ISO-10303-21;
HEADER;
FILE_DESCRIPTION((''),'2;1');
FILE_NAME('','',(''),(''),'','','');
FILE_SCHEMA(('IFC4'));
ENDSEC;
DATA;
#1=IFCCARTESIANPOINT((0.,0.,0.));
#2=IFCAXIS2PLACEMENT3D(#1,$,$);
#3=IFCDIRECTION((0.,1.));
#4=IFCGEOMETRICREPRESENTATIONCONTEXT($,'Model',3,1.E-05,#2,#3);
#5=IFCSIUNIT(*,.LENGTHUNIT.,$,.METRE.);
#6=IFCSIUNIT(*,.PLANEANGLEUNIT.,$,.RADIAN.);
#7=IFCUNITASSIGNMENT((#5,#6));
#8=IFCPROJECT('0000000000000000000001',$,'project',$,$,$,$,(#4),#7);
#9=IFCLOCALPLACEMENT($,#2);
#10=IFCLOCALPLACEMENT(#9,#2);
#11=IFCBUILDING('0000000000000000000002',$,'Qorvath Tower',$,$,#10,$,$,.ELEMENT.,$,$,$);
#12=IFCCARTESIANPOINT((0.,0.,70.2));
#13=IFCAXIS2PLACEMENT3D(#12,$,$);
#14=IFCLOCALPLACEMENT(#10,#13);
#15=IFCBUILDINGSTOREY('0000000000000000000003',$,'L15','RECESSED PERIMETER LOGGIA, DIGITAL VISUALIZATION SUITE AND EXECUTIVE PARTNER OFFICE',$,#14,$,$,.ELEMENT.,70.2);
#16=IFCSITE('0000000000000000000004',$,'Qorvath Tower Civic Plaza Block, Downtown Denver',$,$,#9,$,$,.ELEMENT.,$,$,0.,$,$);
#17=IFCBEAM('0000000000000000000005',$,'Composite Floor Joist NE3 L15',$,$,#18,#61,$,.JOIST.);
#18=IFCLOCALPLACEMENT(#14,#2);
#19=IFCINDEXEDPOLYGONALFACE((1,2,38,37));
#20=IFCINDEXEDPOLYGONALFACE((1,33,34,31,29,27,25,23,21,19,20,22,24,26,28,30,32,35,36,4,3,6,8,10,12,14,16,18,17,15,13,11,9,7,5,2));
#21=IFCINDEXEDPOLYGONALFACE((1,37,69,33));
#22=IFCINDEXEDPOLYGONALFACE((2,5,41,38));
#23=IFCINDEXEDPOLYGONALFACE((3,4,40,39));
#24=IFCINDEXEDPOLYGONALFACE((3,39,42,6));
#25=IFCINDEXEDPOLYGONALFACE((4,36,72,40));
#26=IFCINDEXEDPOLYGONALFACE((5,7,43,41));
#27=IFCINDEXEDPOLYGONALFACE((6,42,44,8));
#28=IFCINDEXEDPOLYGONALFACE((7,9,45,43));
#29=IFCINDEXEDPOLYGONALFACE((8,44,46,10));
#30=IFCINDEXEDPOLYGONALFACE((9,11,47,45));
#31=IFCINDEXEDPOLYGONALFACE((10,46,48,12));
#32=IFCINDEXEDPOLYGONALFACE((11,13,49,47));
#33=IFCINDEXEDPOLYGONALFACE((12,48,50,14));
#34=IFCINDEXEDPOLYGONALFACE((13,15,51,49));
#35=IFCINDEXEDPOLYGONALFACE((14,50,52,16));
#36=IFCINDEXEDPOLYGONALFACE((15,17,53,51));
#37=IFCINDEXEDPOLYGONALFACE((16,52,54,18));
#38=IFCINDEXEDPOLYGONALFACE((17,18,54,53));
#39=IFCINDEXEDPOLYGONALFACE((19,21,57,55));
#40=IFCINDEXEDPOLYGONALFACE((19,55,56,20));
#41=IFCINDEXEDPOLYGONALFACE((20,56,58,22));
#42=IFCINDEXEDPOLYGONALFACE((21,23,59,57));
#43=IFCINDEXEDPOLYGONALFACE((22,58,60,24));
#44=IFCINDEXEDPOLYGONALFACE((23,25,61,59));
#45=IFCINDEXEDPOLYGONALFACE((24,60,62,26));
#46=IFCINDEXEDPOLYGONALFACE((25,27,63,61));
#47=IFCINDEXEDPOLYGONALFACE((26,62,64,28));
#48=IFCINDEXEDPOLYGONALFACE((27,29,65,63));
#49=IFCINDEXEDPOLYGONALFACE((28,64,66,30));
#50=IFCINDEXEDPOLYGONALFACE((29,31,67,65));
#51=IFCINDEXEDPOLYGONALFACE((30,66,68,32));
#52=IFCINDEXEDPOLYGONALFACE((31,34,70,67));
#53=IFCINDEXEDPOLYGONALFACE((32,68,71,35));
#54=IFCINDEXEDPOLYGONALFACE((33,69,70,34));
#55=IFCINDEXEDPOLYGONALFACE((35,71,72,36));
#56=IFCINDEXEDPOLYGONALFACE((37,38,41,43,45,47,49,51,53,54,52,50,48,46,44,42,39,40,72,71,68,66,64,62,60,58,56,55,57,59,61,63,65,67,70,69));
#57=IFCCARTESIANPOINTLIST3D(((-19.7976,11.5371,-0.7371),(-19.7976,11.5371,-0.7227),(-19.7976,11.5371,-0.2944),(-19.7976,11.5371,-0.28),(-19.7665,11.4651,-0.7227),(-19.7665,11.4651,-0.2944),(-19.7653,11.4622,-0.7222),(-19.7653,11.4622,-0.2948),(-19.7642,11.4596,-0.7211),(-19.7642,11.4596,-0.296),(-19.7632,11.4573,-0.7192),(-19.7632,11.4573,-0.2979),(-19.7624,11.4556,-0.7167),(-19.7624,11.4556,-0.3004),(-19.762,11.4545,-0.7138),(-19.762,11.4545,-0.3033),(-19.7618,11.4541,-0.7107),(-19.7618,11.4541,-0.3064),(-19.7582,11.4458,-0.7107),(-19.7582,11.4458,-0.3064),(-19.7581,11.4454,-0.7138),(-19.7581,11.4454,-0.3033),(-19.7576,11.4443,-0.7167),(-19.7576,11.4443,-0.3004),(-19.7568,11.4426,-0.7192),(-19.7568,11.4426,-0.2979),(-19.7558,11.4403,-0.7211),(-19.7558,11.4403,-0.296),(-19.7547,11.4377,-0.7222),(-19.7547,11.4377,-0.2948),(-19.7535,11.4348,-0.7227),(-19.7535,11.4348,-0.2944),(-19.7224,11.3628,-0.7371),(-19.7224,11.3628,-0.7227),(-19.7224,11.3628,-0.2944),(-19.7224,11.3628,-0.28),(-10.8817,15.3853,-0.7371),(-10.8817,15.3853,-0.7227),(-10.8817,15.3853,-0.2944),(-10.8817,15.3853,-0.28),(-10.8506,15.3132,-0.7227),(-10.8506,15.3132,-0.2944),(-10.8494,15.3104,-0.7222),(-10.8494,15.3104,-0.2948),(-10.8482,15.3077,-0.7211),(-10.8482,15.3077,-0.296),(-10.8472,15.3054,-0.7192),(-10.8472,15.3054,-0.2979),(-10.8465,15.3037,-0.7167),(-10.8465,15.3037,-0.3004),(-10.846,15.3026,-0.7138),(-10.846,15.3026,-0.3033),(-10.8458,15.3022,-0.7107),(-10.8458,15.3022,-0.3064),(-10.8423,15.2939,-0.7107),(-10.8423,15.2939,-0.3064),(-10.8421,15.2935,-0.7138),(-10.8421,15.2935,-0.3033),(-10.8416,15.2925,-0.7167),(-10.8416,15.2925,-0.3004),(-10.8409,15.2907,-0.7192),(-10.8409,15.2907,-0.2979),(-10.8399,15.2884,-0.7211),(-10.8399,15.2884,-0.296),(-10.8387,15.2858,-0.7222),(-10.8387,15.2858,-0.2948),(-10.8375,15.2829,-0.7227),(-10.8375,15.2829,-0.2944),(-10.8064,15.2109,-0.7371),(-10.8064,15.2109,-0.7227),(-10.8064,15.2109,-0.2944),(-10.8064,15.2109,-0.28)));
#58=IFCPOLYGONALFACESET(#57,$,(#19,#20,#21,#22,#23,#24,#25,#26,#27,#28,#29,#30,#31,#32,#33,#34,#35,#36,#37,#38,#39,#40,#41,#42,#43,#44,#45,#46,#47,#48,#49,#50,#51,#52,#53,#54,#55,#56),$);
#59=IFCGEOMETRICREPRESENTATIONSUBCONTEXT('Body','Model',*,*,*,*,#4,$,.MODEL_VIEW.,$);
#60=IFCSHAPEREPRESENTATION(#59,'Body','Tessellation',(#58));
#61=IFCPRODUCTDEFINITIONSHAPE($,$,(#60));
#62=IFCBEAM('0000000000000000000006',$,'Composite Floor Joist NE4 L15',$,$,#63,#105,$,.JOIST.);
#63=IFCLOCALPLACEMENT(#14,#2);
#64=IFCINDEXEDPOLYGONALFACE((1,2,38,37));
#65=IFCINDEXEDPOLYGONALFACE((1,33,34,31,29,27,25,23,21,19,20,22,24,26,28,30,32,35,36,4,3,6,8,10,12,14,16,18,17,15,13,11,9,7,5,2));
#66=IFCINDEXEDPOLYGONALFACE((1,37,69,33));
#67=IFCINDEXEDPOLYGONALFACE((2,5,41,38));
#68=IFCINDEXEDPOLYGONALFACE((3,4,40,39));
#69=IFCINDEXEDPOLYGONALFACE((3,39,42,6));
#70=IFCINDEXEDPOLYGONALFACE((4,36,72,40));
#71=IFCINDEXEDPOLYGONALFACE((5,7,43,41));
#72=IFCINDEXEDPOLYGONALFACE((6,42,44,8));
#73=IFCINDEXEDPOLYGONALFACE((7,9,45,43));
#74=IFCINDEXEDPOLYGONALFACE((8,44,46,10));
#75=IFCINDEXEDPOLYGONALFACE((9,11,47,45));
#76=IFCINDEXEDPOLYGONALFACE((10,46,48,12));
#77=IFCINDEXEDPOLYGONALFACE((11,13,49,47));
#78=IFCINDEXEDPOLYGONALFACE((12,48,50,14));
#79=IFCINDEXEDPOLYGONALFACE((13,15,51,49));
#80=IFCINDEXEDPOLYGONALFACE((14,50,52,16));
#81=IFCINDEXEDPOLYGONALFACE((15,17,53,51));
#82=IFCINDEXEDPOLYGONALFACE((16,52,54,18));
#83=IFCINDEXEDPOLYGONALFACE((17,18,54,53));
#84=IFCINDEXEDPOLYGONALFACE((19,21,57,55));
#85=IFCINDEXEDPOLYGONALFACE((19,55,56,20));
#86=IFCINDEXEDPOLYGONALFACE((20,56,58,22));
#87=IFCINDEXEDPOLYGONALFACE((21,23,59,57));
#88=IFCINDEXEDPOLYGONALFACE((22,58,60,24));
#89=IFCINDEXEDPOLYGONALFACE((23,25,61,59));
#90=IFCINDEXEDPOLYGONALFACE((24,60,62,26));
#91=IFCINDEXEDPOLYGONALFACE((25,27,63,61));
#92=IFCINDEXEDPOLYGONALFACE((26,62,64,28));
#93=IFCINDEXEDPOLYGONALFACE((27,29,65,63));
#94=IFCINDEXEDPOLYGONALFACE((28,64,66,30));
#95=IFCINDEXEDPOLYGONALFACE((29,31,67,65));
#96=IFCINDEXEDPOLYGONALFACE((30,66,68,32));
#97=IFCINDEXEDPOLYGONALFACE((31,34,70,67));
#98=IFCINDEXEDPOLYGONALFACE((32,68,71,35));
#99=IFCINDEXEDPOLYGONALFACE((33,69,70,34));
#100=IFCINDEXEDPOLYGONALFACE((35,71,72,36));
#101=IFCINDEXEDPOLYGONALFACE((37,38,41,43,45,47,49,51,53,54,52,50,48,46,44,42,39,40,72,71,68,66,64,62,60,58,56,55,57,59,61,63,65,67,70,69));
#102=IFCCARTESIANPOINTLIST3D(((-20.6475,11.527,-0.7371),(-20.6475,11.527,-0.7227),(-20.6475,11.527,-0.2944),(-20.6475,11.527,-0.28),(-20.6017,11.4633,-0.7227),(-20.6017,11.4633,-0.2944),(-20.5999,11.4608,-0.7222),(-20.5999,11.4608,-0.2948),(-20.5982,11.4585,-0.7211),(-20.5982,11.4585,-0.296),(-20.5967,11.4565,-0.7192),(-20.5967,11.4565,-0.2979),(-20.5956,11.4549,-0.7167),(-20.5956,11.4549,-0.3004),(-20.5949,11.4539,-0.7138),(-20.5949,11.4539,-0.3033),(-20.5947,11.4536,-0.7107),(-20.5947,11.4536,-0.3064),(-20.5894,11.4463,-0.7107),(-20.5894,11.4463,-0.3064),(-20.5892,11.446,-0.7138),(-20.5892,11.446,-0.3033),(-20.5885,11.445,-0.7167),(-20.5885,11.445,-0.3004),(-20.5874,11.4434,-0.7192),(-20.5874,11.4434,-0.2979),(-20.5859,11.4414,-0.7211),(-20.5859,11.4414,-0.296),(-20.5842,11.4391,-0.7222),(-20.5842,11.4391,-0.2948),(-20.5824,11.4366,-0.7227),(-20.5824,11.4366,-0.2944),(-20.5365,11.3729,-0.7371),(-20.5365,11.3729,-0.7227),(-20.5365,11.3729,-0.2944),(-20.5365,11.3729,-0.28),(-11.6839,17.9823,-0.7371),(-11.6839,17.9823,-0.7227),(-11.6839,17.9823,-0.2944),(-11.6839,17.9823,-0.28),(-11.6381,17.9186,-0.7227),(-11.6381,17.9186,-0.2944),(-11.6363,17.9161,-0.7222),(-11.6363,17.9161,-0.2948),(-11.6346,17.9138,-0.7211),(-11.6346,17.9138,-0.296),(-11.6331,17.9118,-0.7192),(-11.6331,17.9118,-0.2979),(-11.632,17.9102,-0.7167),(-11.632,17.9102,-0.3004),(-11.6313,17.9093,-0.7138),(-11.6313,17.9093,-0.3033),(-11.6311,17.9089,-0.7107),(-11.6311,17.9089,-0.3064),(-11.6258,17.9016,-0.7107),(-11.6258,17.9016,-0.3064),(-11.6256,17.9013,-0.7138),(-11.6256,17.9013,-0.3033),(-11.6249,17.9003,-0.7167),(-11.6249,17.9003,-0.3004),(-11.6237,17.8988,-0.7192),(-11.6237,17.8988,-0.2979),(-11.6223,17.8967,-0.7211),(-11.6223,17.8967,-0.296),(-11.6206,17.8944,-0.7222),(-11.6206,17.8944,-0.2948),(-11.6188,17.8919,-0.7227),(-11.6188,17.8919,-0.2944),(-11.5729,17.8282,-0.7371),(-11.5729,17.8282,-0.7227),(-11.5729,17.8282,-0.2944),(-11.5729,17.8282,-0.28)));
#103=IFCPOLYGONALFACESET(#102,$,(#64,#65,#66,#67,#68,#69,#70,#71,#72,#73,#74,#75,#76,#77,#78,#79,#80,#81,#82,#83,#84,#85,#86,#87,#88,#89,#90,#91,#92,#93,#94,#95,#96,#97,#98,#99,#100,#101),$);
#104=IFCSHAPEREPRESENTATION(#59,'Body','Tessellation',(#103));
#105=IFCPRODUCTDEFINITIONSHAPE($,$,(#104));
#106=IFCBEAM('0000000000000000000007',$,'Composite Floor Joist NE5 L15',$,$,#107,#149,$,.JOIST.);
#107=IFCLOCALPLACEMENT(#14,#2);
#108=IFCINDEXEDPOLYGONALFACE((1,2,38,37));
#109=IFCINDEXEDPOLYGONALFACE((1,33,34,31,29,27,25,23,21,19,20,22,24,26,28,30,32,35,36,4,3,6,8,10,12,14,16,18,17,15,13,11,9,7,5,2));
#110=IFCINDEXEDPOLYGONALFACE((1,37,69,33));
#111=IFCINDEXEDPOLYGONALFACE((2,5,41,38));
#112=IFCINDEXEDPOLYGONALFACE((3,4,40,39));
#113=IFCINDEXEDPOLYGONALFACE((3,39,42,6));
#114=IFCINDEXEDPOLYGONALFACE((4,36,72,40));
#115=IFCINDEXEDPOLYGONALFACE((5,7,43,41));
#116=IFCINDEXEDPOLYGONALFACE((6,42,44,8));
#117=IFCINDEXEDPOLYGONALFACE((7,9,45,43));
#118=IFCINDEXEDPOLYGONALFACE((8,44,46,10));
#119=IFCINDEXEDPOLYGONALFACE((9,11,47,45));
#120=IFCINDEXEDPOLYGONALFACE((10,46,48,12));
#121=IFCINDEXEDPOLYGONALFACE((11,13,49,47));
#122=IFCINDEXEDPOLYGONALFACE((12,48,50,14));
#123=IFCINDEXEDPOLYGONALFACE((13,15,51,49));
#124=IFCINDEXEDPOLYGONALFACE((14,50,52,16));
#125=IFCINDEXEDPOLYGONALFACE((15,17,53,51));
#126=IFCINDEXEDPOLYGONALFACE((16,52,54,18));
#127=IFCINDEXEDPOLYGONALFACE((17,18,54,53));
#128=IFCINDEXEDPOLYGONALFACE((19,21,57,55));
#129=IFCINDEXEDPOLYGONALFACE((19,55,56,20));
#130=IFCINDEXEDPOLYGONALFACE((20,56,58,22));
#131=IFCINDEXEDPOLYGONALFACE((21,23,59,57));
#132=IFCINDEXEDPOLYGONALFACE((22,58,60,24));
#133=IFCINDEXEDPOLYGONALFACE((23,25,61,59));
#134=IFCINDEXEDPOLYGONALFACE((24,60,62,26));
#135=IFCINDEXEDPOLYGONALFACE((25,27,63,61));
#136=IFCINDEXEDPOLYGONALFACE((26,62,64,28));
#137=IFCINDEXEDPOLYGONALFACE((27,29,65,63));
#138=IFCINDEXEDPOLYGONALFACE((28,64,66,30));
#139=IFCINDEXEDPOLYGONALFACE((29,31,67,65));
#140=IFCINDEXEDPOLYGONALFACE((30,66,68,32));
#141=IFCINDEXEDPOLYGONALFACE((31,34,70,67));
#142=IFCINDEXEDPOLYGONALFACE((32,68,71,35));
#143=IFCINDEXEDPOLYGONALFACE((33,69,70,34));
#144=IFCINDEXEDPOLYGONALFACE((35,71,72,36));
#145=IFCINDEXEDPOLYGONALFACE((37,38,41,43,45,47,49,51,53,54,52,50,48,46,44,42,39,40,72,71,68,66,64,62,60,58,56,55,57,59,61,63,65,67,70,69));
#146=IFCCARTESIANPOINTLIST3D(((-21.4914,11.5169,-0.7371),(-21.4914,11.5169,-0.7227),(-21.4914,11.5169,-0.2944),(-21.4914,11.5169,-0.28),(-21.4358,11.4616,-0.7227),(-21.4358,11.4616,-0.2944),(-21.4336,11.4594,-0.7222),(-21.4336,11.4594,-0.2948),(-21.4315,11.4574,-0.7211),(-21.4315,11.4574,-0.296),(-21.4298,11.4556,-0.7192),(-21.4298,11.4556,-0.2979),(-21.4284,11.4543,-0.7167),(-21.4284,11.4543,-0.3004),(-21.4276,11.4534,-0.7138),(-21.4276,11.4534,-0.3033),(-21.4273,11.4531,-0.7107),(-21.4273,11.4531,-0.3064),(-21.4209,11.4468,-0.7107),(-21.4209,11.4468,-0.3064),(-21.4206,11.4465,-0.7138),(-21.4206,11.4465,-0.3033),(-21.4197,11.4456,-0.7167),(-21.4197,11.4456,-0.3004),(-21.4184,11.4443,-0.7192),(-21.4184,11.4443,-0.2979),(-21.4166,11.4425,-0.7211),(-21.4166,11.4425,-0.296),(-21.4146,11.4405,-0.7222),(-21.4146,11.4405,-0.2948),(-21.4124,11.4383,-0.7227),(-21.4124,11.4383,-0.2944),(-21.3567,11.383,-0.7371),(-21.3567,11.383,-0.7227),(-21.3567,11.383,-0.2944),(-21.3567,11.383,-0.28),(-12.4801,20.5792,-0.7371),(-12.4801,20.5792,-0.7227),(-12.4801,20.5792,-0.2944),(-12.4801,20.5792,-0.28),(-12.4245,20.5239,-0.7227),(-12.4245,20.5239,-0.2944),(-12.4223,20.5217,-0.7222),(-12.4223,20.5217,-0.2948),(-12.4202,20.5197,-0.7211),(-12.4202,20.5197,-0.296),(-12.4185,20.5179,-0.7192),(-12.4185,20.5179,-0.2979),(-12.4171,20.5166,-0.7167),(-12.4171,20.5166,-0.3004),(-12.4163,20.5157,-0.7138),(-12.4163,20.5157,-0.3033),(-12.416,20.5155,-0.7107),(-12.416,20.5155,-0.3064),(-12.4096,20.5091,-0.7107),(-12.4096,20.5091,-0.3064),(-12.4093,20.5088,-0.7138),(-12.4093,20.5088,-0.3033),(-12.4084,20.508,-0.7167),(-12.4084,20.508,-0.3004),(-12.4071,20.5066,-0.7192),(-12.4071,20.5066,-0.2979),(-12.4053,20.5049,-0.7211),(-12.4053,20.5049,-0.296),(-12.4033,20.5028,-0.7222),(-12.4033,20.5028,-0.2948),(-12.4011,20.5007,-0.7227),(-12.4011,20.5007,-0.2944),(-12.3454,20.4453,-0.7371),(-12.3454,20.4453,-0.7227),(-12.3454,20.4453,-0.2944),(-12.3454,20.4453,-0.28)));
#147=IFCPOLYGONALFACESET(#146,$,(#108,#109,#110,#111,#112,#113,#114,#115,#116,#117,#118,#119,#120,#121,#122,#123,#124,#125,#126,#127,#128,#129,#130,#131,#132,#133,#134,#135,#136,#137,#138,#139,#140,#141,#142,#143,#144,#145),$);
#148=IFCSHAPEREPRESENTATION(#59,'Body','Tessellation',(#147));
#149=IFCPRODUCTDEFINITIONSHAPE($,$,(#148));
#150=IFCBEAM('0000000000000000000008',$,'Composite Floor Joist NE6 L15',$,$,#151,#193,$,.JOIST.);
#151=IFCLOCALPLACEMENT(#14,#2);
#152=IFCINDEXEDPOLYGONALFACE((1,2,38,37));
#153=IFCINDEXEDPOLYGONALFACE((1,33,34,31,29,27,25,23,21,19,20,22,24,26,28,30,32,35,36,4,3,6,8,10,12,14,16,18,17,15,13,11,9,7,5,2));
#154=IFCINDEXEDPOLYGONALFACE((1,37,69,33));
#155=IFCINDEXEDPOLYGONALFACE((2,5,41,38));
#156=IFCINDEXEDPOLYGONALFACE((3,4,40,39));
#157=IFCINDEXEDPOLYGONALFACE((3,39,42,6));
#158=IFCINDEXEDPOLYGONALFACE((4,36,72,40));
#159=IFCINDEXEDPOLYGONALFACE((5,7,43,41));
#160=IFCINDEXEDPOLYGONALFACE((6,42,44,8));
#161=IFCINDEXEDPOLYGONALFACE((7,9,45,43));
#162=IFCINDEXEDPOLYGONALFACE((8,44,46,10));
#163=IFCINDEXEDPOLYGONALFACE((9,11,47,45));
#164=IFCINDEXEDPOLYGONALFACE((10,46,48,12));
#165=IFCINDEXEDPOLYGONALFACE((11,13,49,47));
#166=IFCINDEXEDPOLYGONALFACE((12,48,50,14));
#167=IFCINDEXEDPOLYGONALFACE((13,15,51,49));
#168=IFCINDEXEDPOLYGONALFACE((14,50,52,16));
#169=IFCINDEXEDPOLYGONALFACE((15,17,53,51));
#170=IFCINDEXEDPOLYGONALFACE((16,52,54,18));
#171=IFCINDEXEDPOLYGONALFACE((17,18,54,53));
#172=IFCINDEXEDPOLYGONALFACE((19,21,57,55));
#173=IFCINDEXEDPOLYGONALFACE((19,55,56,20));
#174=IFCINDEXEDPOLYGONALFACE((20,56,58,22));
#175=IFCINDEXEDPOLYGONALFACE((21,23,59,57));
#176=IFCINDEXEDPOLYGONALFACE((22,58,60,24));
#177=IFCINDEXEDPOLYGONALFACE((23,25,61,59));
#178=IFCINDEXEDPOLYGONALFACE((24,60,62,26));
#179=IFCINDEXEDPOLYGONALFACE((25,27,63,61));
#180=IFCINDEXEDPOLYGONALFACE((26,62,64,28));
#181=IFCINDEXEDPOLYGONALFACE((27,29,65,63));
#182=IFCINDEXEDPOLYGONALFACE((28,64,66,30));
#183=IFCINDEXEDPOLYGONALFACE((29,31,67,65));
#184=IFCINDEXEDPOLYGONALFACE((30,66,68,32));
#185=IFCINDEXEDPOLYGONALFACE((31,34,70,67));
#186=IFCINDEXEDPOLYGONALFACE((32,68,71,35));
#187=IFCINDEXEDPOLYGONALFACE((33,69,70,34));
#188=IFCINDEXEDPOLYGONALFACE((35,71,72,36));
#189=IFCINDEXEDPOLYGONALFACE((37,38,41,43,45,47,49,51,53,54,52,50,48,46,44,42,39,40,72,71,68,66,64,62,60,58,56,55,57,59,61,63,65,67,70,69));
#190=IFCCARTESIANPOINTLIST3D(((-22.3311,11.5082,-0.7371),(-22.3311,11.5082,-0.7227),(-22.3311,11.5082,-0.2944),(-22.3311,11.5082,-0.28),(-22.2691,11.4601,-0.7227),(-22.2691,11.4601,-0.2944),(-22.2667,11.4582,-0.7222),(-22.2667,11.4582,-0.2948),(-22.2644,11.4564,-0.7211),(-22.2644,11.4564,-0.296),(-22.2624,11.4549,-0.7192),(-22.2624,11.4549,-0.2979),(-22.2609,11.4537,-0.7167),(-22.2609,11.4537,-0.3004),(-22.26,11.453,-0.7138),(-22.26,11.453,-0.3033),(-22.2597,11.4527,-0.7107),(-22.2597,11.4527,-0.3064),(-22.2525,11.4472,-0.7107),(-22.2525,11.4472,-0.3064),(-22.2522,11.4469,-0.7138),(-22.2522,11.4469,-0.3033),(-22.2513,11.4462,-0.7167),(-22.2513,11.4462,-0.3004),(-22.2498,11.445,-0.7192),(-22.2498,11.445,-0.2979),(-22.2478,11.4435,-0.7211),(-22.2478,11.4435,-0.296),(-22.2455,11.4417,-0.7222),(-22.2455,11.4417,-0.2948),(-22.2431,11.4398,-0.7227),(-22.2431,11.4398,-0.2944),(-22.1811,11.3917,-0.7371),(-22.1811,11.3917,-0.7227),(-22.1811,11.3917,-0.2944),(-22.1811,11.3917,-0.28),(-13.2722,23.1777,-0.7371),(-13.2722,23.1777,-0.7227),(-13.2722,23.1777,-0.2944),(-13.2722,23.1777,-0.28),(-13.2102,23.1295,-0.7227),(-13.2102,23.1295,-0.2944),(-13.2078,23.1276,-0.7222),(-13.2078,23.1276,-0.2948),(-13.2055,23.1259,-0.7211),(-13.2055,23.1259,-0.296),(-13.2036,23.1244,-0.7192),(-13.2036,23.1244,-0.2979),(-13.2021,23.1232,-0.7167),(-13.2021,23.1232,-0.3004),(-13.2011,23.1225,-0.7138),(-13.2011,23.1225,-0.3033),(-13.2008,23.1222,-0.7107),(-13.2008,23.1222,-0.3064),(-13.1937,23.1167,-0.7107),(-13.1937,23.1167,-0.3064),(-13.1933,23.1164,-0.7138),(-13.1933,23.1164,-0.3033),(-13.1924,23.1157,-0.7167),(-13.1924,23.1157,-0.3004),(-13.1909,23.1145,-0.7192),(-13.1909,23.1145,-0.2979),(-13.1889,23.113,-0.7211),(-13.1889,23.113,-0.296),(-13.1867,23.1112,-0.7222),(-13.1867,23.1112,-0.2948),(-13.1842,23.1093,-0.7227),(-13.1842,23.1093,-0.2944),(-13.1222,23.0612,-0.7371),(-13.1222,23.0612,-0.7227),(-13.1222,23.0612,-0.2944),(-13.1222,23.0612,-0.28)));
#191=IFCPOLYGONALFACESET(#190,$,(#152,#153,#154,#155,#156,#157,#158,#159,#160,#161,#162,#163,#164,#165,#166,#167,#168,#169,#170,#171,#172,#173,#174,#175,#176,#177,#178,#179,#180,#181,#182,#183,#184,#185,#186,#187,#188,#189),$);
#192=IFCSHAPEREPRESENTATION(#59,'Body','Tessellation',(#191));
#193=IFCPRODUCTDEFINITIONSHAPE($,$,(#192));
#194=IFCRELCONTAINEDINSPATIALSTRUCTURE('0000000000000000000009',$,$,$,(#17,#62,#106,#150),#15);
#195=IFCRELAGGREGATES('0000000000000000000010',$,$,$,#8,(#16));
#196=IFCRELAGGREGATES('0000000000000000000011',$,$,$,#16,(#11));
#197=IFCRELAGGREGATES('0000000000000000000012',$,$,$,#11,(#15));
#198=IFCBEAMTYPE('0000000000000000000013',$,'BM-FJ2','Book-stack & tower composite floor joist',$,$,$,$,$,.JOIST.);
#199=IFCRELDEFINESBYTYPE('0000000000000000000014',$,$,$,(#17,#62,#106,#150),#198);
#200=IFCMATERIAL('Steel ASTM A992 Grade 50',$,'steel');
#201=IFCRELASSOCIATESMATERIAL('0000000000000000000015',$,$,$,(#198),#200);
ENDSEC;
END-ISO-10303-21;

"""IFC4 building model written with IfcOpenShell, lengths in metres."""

from ifc_helpers import new_model, si_unit, direction, frame, origin, origin_2d, place, context, subcontext, project, spatial, i_section, extrude, material, material_profile, profile_set, type_object, element, save


model = new_model("IFC4")

# Units and contexts
model_context = context("Model", 3, precision=1e-05, world=origin(), true_north=direction((0.0, 1.0)))
body_context = subcontext(model_context, "Body", "Model", "MODEL_VIEW")
ifc_project = project(units=[si_unit("LENGTHUNIT", "METRE"), si_unit("PLANEANGLEUNIT", "RADIAN")], contexts=[model_context])

# Site, building, storey
site_placement = place(None, origin())
site = spatial("IfcSite", under=ifc_project, at=site_placement, Name="Qorvath Tower Civic Plaza Block, Downtown Denver", CompositionType="ELEMENT", RefElevation=0.0)
building_placement = place(site_placement, origin())
building = spatial("IfcBuilding", under=site, at=building_placement, Name="Qorvath Tower", CompositionType="ELEMENT")
storey_placement = place(building_placement, frame((0.0, 0.0, 70.2)))
storey = spatial("IfcBuildingStorey", under=building, at=storey_placement, Name="L15", Description="RECESSED PERIMETER LOGGIA, DIGITAL VISUALIZATION SUITE AND EXECUTIVE PARTNER OFFICE", CompositionType="ELEMENT", Elevation=70.2)

# Beams
ifc_material_1 = material(Name="Steel ASTM A992 Grade 50", Category="steel")
ifc_material_profile_1 = material_profile(ifc_material_1, i_section(OverallWidth=0.1899, OverallDepth=0.457, WebThickness=0.009, FlangeThickness=0.0144, FilletRadius=0.012, at=origin_2d()), Name="W18x50")
ifc_profile_set_1 = profile_set([ifc_material_profile_1], Name="Steel ASTM A992 Grade 50")
beam_type_1 = type_object("IfcBeamType", Name="BM-FJ2", Description="Book-stack & tower composite floor joist", PredefinedType="JOIST", material=ifc_profile_set_1)
beam_1_placement = place(storey_placement, frame((-19.76, 11.45, -0.5085), z_axis=(0.918136, 0.396266, 0.0), x_axis=(-0.396266, 0.918136, 0.0)))
element("IfcBeam", 1, at=beam_1_placement, inside=storey, type_object=beam_type_1, Name="Composite Floor Joist NE3 L15", PredefinedType="JOIST", context=body_context, shape_type="SweptSolid", body=[
    extrude(i_section(OverallWidth=0.1899, OverallDepth=0.457, WebThickness=0.009, FlangeThickness=0.0144, FilletRadius=0.012, at=origin_2d()), origin(), (0.0, 0.0, 1.0), 9.7109),
])
beam_2_placement = place(storey_placement, frame((-20.592, 11.45, -0.5085), z_axis=(0.811469, 0.584395, 0.0), x_axis=(-0.584395, 0.811469, 0.0)))
element("IfcBeam", 2, at=beam_2_placement, inside=storey, type_object=beam_type_1, Name="Composite Floor Joist NE4 L15", PredefinedType="JOIST", context=body_context, shape_type="SweptSolid", body=[
    extrude(i_section(OverallWidth=0.1899, OverallDepth=0.457, WebThickness=0.009, FlangeThickness=0.0144, FilletRadius=0.012, at=origin_2d()), origin(), (0.0, 0.0, 1.0), 11.0461),
])
beam_3_placement = place(storey_placement, frame((-21.4241, 11.45, -0.5085), z_axis=(0.705108, 0.7091, 0.0), x_axis=(-0.7091, 0.705108, 0.0)))
element("IfcBeam", 3, at=beam_3_placement, inside=storey, type_object=beam_type_1, Name="Composite Floor Joist NE5 L15", PredefinedType="JOIST", context=body_context, shape_type="SweptSolid", body=[
    extrude(i_section(OverallWidth=0.1899, OverallDepth=0.457, WebThickness=0.009, FlangeThickness=0.0144, FilletRadius=0.012, at=origin_2d()), origin(), (0.0, 0.0, 1.0), 12.78),
])
beam_4_placement = place(storey_placement, frame((-22.2561, 11.45, -0.5085), z_axis=(0.613207, 0.789922, 0.0), x_axis=(-0.789922, 0.613207, 0.0)))
element("IfcBeam", 4, at=beam_4_placement, inside=storey, type_object=beam_type_1, Name="Composite Floor Joist NE6 L15", PredefinedType="JOIST", context=body_context, shape_type="SweptSolid", body=[
    extrude(i_section(OverallWidth=0.1899, OverallDepth=0.457, WebThickness=0.009, FlangeThickness=0.0144, FilletRadius=0.012, at=origin_2d()), origin(), (0.0, 0.0, 1.0), 14.7729),
])

save(model, "model.ifc")
